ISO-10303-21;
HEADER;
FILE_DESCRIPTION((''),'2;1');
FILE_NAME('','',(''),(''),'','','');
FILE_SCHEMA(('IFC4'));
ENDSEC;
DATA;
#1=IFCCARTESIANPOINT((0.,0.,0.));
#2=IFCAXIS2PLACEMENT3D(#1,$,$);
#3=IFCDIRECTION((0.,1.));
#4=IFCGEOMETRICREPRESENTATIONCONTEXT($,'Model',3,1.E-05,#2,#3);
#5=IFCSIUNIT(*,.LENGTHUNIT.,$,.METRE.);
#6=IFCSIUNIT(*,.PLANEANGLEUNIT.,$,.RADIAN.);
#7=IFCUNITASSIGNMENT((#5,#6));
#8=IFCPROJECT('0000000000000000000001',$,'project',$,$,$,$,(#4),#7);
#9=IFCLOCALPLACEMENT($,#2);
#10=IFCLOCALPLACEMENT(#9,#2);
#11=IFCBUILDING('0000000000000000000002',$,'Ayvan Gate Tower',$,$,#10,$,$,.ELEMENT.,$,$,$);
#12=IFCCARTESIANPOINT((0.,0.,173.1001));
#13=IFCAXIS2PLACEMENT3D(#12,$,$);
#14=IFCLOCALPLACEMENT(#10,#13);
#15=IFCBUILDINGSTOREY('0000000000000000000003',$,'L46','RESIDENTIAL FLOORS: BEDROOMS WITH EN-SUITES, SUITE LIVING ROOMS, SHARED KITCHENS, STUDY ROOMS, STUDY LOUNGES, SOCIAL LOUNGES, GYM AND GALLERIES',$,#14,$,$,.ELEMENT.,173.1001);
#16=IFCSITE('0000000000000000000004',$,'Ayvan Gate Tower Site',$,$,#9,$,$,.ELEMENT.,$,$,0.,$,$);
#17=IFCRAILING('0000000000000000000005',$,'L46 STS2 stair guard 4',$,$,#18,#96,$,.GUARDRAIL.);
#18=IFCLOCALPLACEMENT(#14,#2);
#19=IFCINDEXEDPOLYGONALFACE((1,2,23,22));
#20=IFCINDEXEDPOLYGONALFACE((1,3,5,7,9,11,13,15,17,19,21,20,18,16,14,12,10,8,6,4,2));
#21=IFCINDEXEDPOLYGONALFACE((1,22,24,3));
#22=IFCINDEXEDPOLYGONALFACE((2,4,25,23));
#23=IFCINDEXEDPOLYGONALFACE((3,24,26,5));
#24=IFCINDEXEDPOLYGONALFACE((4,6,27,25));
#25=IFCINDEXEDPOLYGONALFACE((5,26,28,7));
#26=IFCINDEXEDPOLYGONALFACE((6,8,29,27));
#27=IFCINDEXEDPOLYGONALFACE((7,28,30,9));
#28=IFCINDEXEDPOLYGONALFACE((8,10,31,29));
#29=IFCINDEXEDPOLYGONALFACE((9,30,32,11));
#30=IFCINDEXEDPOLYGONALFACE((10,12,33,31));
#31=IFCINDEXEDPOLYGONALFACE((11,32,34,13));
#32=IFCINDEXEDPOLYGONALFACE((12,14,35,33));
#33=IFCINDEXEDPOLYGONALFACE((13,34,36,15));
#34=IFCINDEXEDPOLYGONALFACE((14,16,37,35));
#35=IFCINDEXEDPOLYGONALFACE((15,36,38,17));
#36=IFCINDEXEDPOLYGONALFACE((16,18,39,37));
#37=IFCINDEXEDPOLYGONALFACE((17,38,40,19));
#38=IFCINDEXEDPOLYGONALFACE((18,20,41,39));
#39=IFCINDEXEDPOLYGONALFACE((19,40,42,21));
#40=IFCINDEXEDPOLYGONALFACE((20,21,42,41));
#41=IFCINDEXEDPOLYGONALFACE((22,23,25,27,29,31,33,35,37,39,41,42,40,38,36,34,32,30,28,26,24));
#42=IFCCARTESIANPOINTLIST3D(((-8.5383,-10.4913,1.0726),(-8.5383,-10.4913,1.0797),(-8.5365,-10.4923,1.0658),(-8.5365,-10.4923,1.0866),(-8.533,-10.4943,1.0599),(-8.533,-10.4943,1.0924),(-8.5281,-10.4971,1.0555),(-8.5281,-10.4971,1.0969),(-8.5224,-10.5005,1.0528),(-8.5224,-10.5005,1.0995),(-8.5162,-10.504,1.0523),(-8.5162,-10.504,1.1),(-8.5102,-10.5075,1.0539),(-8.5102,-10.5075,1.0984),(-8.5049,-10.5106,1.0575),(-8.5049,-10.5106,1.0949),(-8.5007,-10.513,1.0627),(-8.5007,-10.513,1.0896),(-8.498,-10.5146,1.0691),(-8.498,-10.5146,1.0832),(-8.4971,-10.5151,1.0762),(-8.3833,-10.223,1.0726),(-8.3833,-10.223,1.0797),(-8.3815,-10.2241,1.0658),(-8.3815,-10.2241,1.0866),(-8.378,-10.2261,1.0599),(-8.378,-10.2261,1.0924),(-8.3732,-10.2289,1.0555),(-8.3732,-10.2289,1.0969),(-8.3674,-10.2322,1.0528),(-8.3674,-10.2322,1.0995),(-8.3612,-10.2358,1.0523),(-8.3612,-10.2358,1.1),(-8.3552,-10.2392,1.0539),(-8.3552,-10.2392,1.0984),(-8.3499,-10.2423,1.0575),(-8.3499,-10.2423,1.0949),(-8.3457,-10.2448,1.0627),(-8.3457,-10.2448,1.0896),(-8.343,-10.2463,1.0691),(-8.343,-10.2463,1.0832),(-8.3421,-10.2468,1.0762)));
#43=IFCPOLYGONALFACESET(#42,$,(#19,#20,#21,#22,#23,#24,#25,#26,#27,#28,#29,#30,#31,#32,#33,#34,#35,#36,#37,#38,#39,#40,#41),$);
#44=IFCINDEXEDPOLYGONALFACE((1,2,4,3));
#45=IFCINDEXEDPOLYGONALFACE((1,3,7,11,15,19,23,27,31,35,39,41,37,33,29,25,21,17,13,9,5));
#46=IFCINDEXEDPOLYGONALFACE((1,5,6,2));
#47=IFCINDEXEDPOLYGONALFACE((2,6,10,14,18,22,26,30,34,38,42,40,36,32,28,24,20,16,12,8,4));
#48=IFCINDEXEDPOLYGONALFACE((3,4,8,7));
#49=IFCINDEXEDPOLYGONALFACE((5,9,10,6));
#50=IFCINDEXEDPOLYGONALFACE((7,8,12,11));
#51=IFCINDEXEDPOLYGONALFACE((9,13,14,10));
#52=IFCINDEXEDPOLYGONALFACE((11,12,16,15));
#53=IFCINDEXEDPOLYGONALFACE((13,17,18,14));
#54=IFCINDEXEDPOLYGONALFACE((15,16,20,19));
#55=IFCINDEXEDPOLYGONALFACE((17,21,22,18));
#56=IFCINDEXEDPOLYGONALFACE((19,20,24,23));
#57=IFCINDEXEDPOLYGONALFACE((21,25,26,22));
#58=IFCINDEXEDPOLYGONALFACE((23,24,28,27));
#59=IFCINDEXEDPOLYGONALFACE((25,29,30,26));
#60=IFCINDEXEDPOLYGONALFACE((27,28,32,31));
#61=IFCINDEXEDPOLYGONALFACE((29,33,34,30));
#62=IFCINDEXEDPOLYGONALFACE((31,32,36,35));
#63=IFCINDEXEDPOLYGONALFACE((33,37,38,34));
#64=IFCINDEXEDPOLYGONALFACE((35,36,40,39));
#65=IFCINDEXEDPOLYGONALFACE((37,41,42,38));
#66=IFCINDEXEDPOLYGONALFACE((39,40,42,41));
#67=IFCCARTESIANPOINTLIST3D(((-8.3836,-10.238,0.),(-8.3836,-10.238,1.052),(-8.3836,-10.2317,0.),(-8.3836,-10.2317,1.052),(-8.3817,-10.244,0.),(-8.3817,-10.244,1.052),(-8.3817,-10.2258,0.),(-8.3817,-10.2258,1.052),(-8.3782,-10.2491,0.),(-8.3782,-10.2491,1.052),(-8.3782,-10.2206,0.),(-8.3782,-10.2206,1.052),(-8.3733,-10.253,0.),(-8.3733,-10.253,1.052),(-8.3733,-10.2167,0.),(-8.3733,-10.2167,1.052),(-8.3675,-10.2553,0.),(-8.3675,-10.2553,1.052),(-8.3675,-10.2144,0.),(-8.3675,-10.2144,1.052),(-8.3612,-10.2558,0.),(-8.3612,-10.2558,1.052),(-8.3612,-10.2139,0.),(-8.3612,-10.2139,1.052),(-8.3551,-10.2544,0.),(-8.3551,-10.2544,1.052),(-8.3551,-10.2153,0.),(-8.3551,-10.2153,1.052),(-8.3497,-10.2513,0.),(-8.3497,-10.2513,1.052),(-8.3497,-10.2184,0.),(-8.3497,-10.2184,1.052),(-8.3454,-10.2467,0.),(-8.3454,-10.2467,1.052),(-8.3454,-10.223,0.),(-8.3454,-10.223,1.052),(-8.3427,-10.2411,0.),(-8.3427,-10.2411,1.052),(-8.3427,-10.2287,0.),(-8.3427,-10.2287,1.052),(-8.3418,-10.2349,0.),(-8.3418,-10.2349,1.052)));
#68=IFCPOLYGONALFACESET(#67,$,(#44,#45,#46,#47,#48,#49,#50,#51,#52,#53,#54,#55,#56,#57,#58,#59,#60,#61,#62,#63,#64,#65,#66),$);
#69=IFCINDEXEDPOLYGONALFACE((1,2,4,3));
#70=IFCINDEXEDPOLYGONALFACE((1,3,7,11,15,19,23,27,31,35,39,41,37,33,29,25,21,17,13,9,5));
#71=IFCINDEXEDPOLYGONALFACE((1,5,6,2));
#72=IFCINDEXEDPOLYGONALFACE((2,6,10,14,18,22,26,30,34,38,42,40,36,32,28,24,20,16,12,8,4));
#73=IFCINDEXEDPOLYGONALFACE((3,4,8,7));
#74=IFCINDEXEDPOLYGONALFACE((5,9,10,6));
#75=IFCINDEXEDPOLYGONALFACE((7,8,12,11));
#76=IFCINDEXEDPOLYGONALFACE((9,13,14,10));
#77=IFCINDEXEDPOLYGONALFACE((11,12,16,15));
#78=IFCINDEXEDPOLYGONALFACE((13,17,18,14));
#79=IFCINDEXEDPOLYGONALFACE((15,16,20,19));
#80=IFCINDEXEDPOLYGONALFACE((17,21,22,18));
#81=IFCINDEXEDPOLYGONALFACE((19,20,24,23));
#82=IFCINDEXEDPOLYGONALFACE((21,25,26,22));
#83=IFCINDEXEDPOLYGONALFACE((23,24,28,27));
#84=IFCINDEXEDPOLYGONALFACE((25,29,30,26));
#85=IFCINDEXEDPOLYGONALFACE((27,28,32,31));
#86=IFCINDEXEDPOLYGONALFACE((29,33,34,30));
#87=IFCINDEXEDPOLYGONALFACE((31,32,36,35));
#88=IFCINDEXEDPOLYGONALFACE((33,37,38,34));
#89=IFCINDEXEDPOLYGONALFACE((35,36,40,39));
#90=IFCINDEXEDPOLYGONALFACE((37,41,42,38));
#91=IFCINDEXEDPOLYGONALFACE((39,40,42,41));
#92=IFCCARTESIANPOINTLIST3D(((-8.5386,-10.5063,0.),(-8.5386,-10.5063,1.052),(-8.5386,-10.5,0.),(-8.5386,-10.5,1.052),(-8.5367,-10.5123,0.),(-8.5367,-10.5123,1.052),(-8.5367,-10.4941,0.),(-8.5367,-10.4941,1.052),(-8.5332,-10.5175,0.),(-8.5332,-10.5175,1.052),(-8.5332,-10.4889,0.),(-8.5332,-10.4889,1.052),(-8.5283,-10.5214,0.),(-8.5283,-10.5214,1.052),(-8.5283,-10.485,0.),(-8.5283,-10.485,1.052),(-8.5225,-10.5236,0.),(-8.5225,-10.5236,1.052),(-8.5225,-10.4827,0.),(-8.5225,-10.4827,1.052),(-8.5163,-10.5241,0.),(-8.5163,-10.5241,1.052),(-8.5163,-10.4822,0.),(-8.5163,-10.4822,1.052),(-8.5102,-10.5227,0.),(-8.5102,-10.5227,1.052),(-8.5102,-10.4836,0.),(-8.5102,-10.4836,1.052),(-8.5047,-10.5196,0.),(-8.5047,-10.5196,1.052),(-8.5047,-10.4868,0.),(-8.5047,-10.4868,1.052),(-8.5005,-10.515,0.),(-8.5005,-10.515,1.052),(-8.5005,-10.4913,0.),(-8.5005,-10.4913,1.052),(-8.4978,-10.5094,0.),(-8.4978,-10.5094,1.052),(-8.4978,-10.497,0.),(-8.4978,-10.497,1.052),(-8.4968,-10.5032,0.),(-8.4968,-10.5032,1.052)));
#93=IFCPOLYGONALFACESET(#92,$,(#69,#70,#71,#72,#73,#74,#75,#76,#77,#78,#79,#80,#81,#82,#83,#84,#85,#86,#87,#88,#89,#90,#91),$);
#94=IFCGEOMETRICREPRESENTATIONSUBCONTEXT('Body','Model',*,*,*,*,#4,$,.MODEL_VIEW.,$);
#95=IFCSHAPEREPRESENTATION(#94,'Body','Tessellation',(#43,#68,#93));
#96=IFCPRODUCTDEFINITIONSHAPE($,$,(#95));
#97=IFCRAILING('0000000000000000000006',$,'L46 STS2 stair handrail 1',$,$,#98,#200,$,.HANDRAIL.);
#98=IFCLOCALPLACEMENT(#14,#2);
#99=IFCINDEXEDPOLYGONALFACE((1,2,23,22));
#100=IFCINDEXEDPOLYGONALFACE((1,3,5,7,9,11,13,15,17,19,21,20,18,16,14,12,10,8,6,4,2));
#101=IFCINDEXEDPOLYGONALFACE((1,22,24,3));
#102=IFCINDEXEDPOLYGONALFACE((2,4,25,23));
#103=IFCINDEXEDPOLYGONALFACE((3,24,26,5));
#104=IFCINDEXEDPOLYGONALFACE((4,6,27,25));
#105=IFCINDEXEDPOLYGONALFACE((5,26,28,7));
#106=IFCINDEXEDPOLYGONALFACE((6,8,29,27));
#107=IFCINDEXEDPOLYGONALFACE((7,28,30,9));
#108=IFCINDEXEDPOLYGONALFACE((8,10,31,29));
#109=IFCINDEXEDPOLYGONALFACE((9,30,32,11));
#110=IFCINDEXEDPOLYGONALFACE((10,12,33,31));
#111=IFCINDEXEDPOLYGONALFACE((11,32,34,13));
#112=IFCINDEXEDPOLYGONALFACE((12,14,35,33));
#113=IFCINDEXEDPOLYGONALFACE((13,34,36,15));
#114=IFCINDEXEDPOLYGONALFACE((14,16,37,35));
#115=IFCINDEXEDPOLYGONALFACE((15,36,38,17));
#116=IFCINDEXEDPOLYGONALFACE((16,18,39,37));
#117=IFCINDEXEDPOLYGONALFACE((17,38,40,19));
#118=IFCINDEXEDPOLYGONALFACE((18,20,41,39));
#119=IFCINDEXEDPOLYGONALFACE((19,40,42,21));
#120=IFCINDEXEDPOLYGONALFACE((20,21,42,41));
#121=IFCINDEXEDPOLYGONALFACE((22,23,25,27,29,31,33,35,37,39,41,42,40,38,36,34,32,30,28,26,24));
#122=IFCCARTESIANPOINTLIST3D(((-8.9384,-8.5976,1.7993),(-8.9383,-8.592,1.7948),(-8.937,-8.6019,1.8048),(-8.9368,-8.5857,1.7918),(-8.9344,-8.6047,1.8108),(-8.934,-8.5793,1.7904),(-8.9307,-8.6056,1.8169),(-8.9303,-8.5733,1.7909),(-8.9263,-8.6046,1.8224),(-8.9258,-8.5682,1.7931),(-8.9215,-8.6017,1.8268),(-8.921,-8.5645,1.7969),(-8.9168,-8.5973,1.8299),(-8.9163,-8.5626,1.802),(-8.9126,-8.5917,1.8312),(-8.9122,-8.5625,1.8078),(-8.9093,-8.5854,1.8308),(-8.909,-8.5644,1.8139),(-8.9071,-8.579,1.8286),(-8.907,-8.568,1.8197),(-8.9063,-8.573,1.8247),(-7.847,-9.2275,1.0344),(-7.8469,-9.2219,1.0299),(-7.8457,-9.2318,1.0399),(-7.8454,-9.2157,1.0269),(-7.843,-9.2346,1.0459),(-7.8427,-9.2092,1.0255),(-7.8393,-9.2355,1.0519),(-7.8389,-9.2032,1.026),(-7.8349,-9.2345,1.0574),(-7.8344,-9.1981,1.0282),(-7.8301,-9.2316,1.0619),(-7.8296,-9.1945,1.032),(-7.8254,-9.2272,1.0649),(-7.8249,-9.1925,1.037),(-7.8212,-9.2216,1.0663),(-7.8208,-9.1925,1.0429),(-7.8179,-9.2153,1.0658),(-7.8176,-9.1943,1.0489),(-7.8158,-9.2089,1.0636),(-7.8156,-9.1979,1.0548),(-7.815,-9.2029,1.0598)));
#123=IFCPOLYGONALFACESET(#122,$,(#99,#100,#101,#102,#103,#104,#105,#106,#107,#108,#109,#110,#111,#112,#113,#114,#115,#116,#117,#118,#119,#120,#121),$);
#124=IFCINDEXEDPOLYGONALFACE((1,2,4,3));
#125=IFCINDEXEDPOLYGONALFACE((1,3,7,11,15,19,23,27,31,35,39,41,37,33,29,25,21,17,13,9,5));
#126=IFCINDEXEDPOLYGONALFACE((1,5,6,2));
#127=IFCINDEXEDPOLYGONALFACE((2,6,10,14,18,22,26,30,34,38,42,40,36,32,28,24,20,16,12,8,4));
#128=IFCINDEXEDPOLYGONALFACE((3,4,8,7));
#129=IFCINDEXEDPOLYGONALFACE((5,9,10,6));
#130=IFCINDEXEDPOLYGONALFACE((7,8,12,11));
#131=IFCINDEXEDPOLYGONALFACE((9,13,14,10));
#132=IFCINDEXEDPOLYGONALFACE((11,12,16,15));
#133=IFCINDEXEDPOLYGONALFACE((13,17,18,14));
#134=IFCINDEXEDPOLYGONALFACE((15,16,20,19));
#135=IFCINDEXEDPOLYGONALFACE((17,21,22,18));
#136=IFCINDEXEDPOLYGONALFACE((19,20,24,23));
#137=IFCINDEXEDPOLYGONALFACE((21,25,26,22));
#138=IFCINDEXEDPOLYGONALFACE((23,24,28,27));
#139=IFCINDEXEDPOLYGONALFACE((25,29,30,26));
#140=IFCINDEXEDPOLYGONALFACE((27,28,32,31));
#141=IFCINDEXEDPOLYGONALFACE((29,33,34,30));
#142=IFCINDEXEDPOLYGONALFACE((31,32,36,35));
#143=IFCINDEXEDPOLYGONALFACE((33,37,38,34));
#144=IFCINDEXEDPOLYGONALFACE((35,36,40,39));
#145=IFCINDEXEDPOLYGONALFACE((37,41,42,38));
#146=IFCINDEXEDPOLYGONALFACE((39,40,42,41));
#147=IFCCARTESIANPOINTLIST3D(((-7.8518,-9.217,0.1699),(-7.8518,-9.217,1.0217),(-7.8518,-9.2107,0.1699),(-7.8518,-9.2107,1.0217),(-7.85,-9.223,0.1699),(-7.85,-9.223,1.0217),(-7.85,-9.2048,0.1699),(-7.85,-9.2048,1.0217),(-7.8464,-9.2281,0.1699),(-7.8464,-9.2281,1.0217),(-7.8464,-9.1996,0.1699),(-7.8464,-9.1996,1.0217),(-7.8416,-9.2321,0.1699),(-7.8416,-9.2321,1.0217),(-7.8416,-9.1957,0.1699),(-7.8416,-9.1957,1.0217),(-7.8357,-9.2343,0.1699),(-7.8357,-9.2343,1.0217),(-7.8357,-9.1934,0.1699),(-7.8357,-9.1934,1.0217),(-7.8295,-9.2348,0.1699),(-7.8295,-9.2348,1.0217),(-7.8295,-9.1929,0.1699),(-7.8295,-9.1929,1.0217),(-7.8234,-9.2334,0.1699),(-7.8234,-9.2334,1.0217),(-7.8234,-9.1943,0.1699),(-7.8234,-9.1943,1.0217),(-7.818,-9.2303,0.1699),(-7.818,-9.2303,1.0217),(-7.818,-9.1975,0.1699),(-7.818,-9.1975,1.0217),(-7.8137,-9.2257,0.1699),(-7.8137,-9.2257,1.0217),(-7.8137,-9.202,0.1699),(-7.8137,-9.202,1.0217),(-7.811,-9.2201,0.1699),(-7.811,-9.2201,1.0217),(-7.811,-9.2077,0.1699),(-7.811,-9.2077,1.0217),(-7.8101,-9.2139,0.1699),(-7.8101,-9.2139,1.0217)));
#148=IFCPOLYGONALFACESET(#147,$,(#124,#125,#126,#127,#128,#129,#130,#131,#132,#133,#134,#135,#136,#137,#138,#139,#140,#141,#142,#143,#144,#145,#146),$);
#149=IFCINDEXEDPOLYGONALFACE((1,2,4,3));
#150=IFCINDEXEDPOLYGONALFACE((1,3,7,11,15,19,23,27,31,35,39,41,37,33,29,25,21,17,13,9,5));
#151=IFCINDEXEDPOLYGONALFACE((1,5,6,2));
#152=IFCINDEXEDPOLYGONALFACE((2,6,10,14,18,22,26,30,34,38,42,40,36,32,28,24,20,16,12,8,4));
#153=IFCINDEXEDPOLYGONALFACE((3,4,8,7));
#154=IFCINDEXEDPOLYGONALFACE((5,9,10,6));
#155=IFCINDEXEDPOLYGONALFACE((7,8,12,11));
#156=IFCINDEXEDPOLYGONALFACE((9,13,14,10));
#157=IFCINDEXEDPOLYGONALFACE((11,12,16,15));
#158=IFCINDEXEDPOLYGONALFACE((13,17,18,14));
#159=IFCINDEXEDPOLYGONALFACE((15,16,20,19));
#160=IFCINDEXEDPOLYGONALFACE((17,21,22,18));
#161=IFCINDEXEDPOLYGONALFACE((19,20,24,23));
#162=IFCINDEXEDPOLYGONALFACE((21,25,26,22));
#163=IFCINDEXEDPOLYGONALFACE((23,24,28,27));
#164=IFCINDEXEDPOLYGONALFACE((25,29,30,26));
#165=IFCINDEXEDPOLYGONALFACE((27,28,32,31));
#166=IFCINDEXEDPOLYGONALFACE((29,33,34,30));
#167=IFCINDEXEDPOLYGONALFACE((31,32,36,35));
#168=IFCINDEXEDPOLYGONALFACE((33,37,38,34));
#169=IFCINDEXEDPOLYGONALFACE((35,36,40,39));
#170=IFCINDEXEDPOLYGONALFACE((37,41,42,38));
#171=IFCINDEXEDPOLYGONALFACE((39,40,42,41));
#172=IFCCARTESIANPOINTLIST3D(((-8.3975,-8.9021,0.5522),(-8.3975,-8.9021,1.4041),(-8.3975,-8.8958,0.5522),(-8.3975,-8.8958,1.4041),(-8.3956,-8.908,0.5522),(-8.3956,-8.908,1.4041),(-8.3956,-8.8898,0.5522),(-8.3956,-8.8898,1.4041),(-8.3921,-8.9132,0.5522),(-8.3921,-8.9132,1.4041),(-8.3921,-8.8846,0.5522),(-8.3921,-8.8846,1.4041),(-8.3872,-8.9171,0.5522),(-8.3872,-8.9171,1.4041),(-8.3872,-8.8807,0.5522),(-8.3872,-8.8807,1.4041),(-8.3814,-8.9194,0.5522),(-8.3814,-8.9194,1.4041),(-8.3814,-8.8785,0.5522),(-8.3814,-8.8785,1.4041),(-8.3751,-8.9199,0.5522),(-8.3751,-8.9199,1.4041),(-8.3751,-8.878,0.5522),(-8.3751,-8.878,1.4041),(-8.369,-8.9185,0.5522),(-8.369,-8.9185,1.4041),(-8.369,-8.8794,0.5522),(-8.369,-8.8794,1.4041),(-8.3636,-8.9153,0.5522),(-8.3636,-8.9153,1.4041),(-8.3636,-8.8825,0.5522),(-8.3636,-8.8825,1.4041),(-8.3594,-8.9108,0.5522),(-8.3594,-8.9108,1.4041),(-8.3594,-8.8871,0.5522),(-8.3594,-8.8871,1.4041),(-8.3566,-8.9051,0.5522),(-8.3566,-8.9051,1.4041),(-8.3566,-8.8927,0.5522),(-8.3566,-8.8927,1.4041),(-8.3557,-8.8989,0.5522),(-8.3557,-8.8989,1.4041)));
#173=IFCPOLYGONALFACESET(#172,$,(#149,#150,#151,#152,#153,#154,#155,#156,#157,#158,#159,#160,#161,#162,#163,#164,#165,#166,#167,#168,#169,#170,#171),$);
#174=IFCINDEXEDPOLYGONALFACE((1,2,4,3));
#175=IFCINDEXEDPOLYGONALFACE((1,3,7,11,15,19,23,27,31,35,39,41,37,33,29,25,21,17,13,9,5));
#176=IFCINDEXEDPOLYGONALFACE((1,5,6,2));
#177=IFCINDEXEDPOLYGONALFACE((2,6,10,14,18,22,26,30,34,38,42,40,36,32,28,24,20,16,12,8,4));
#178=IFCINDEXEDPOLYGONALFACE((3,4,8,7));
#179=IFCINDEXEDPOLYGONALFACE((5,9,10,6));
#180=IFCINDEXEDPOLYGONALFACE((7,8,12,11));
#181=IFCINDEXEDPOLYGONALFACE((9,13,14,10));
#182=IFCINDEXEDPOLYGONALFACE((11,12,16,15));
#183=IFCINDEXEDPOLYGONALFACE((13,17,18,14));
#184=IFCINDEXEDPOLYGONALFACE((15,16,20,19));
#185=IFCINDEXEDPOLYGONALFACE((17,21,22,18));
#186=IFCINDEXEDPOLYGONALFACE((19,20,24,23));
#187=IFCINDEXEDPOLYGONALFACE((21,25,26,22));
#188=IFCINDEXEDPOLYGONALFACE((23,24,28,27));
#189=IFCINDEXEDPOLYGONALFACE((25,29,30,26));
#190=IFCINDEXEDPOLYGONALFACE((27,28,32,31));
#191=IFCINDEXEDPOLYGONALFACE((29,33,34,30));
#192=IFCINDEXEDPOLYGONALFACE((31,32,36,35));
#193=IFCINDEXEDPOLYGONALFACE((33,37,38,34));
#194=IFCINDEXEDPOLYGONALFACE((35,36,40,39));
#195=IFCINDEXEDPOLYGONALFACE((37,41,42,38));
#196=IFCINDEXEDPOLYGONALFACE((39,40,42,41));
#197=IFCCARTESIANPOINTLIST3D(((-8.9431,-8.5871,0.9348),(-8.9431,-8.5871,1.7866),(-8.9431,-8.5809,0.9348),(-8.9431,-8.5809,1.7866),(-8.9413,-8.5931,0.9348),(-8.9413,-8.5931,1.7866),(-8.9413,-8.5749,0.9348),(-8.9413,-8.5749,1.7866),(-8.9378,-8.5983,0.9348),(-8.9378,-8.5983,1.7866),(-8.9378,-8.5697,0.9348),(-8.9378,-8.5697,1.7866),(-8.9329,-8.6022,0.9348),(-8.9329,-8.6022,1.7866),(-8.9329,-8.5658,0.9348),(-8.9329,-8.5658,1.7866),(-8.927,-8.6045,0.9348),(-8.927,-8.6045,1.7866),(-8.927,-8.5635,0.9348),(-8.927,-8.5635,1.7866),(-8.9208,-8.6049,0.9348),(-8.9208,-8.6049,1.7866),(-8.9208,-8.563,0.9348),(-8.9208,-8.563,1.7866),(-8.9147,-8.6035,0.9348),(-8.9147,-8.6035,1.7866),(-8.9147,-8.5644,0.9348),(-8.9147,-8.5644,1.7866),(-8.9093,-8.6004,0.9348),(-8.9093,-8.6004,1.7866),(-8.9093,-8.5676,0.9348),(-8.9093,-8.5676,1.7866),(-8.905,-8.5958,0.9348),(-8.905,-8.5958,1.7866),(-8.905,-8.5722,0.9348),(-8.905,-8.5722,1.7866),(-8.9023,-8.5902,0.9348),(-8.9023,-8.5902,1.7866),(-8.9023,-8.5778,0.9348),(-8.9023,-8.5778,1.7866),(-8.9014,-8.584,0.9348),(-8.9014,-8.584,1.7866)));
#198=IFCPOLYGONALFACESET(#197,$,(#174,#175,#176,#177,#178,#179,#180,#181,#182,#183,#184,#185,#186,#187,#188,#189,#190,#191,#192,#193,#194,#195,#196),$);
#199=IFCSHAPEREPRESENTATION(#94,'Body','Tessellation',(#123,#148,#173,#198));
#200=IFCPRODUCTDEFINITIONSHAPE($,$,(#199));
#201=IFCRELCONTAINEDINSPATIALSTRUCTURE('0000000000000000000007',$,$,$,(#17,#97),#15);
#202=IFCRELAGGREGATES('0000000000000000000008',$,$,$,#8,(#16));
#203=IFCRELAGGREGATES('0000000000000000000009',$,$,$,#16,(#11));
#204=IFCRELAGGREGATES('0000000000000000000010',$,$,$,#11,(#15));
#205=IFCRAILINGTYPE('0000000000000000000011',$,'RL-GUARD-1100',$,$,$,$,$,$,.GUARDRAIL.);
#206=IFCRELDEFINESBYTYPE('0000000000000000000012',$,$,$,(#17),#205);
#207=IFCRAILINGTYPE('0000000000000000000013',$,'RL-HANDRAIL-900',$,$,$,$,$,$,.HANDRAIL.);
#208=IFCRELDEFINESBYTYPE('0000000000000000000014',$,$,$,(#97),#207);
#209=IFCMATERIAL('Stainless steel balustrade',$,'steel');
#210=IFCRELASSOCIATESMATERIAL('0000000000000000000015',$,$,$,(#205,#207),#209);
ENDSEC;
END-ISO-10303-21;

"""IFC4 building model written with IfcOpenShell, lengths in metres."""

from ifc_helpers import new_model, si_unit, direction, frame, origin, origin_2d, place, context, subcontext, project, spatial, circle, extrude, material, type_object, element, save


model = new_model("IFC4")

# Units and contexts
model_context = context("Model", 3, precision=1e-05, world=origin(), true_north=direction((0.0, 1.0)))
body_context = subcontext(model_context, "Body", "Model", "MODEL_VIEW")
ifc_project = project(units=[si_unit("LENGTHUNIT", "METRE"), si_unit("PLANEANGLEUNIT", "RADIAN")], contexts=[model_context])

# Site, building, storey
site_placement = place(None, origin())
site = spatial("IfcSite", under=ifc_project, at=site_placement, Name="Ayvan Gate Tower Site", CompositionType="ELEMENT", RefElevation=0.0)
building_placement = place(site_placement, origin())
building = spatial("IfcBuilding", under=site, at=building_placement, Name="Ayvan Gate Tower", CompositionType="ELEMENT")
storey_placement = place(building_placement, frame((0.0, 0.0, 173.1001)))
storey = spatial("IfcBuildingStorey", under=building, at=storey_placement, Name="L46", Description="RESIDENTIAL FLOORS: BEDROOMS WITH EN-SUITES, SUITE LIVING ROOMS, SHARED KITCHENS, STUDY ROOMS, STUDY LOUNGES, SOCIAL LOUNGES, GYM AND GALLERIES", CompositionType="ELEMENT", Elevation=173.1001)

# Railings
ifc_material_1 = material(Name="Stainless steel balustrade", Category="steel")
railing_type_1 = type_object("IfcRailingType", Name="RL-GUARD-1100", PredefinedType="GUARDRAIL", material=ifc_material_1)
railing_1_placement = place(storey_placement, frame((-8.3628, -10.2349, 0.0)))
element("IfcRailing", 1, at=railing_1_placement, inside=storey, type_object=railing_type_1, Name="L46 STS2 stair guard 4", PredefinedType="GUARDRAIL", context=body_context, shape_type="SweptSolid", body=[
    extrude(circle(Radius=0.0239, at=origin_2d()), frame((0.0, 0.0, 1.0762), z_axis=(-0.500291, -0.865857, 0.0), x_axis=(0.865857, -0.500291, 0.0)), (0.0, 0.0, 1.0), 0.3098),
    extrude(circle(Radius=0.021, at=origin_2d()), origin(), (0.0, 0.0, 1.0), 1.052),
    extrude(circle(Radius=0.021, at=origin_2d()), frame((-0.155, -0.2683, 0.0)), (0.0, 0.0, 1.0), 1.052),
])
railing_type_2 = type_object("IfcRailingType", Name="RL-HANDRAIL-900", PredefinedType="HANDRAIL", material=ifc_material_1)
railing_2_placement = place(storey_placement, frame((-7.8311, -9.2139, 0.1699)))
element("IfcRailing", 2, at=railing_2_placement, inside=storey, type_object=railing_type_2, Name="L46 STS2 stair handrail 1", PredefinedType="HANDRAIL", context=body_context, shape_type="SweptSolid", body=[
    extrude(circle(Radius=0.0239, at=origin_2d()), frame((0.0, 0.0, 0.876), z_axis=(-0.740357, 0.42732, 0.518912), x_axis=(-0.49989, -0.866089, 0.0)), (0.0, 0.0, 1.0), 1.4741),
    extrude(circle(Radius=0.021, at=origin_2d()), origin(), (0.0, 0.0, 1.0), 0.8518),
    extrude(circle(Radius=0.021, at=origin_2d()), frame((-0.5457, 0.3149, 0.3823)), (0.0, 0.0, 1.0), 0.8518),
    extrude(circle(Radius=0.021, at=origin_2d()), frame((-1.0913, 0.6299, 0.7649)), (0.0, 0.0, 1.0), 0.8518),
])

save(model, "model.ifc")
